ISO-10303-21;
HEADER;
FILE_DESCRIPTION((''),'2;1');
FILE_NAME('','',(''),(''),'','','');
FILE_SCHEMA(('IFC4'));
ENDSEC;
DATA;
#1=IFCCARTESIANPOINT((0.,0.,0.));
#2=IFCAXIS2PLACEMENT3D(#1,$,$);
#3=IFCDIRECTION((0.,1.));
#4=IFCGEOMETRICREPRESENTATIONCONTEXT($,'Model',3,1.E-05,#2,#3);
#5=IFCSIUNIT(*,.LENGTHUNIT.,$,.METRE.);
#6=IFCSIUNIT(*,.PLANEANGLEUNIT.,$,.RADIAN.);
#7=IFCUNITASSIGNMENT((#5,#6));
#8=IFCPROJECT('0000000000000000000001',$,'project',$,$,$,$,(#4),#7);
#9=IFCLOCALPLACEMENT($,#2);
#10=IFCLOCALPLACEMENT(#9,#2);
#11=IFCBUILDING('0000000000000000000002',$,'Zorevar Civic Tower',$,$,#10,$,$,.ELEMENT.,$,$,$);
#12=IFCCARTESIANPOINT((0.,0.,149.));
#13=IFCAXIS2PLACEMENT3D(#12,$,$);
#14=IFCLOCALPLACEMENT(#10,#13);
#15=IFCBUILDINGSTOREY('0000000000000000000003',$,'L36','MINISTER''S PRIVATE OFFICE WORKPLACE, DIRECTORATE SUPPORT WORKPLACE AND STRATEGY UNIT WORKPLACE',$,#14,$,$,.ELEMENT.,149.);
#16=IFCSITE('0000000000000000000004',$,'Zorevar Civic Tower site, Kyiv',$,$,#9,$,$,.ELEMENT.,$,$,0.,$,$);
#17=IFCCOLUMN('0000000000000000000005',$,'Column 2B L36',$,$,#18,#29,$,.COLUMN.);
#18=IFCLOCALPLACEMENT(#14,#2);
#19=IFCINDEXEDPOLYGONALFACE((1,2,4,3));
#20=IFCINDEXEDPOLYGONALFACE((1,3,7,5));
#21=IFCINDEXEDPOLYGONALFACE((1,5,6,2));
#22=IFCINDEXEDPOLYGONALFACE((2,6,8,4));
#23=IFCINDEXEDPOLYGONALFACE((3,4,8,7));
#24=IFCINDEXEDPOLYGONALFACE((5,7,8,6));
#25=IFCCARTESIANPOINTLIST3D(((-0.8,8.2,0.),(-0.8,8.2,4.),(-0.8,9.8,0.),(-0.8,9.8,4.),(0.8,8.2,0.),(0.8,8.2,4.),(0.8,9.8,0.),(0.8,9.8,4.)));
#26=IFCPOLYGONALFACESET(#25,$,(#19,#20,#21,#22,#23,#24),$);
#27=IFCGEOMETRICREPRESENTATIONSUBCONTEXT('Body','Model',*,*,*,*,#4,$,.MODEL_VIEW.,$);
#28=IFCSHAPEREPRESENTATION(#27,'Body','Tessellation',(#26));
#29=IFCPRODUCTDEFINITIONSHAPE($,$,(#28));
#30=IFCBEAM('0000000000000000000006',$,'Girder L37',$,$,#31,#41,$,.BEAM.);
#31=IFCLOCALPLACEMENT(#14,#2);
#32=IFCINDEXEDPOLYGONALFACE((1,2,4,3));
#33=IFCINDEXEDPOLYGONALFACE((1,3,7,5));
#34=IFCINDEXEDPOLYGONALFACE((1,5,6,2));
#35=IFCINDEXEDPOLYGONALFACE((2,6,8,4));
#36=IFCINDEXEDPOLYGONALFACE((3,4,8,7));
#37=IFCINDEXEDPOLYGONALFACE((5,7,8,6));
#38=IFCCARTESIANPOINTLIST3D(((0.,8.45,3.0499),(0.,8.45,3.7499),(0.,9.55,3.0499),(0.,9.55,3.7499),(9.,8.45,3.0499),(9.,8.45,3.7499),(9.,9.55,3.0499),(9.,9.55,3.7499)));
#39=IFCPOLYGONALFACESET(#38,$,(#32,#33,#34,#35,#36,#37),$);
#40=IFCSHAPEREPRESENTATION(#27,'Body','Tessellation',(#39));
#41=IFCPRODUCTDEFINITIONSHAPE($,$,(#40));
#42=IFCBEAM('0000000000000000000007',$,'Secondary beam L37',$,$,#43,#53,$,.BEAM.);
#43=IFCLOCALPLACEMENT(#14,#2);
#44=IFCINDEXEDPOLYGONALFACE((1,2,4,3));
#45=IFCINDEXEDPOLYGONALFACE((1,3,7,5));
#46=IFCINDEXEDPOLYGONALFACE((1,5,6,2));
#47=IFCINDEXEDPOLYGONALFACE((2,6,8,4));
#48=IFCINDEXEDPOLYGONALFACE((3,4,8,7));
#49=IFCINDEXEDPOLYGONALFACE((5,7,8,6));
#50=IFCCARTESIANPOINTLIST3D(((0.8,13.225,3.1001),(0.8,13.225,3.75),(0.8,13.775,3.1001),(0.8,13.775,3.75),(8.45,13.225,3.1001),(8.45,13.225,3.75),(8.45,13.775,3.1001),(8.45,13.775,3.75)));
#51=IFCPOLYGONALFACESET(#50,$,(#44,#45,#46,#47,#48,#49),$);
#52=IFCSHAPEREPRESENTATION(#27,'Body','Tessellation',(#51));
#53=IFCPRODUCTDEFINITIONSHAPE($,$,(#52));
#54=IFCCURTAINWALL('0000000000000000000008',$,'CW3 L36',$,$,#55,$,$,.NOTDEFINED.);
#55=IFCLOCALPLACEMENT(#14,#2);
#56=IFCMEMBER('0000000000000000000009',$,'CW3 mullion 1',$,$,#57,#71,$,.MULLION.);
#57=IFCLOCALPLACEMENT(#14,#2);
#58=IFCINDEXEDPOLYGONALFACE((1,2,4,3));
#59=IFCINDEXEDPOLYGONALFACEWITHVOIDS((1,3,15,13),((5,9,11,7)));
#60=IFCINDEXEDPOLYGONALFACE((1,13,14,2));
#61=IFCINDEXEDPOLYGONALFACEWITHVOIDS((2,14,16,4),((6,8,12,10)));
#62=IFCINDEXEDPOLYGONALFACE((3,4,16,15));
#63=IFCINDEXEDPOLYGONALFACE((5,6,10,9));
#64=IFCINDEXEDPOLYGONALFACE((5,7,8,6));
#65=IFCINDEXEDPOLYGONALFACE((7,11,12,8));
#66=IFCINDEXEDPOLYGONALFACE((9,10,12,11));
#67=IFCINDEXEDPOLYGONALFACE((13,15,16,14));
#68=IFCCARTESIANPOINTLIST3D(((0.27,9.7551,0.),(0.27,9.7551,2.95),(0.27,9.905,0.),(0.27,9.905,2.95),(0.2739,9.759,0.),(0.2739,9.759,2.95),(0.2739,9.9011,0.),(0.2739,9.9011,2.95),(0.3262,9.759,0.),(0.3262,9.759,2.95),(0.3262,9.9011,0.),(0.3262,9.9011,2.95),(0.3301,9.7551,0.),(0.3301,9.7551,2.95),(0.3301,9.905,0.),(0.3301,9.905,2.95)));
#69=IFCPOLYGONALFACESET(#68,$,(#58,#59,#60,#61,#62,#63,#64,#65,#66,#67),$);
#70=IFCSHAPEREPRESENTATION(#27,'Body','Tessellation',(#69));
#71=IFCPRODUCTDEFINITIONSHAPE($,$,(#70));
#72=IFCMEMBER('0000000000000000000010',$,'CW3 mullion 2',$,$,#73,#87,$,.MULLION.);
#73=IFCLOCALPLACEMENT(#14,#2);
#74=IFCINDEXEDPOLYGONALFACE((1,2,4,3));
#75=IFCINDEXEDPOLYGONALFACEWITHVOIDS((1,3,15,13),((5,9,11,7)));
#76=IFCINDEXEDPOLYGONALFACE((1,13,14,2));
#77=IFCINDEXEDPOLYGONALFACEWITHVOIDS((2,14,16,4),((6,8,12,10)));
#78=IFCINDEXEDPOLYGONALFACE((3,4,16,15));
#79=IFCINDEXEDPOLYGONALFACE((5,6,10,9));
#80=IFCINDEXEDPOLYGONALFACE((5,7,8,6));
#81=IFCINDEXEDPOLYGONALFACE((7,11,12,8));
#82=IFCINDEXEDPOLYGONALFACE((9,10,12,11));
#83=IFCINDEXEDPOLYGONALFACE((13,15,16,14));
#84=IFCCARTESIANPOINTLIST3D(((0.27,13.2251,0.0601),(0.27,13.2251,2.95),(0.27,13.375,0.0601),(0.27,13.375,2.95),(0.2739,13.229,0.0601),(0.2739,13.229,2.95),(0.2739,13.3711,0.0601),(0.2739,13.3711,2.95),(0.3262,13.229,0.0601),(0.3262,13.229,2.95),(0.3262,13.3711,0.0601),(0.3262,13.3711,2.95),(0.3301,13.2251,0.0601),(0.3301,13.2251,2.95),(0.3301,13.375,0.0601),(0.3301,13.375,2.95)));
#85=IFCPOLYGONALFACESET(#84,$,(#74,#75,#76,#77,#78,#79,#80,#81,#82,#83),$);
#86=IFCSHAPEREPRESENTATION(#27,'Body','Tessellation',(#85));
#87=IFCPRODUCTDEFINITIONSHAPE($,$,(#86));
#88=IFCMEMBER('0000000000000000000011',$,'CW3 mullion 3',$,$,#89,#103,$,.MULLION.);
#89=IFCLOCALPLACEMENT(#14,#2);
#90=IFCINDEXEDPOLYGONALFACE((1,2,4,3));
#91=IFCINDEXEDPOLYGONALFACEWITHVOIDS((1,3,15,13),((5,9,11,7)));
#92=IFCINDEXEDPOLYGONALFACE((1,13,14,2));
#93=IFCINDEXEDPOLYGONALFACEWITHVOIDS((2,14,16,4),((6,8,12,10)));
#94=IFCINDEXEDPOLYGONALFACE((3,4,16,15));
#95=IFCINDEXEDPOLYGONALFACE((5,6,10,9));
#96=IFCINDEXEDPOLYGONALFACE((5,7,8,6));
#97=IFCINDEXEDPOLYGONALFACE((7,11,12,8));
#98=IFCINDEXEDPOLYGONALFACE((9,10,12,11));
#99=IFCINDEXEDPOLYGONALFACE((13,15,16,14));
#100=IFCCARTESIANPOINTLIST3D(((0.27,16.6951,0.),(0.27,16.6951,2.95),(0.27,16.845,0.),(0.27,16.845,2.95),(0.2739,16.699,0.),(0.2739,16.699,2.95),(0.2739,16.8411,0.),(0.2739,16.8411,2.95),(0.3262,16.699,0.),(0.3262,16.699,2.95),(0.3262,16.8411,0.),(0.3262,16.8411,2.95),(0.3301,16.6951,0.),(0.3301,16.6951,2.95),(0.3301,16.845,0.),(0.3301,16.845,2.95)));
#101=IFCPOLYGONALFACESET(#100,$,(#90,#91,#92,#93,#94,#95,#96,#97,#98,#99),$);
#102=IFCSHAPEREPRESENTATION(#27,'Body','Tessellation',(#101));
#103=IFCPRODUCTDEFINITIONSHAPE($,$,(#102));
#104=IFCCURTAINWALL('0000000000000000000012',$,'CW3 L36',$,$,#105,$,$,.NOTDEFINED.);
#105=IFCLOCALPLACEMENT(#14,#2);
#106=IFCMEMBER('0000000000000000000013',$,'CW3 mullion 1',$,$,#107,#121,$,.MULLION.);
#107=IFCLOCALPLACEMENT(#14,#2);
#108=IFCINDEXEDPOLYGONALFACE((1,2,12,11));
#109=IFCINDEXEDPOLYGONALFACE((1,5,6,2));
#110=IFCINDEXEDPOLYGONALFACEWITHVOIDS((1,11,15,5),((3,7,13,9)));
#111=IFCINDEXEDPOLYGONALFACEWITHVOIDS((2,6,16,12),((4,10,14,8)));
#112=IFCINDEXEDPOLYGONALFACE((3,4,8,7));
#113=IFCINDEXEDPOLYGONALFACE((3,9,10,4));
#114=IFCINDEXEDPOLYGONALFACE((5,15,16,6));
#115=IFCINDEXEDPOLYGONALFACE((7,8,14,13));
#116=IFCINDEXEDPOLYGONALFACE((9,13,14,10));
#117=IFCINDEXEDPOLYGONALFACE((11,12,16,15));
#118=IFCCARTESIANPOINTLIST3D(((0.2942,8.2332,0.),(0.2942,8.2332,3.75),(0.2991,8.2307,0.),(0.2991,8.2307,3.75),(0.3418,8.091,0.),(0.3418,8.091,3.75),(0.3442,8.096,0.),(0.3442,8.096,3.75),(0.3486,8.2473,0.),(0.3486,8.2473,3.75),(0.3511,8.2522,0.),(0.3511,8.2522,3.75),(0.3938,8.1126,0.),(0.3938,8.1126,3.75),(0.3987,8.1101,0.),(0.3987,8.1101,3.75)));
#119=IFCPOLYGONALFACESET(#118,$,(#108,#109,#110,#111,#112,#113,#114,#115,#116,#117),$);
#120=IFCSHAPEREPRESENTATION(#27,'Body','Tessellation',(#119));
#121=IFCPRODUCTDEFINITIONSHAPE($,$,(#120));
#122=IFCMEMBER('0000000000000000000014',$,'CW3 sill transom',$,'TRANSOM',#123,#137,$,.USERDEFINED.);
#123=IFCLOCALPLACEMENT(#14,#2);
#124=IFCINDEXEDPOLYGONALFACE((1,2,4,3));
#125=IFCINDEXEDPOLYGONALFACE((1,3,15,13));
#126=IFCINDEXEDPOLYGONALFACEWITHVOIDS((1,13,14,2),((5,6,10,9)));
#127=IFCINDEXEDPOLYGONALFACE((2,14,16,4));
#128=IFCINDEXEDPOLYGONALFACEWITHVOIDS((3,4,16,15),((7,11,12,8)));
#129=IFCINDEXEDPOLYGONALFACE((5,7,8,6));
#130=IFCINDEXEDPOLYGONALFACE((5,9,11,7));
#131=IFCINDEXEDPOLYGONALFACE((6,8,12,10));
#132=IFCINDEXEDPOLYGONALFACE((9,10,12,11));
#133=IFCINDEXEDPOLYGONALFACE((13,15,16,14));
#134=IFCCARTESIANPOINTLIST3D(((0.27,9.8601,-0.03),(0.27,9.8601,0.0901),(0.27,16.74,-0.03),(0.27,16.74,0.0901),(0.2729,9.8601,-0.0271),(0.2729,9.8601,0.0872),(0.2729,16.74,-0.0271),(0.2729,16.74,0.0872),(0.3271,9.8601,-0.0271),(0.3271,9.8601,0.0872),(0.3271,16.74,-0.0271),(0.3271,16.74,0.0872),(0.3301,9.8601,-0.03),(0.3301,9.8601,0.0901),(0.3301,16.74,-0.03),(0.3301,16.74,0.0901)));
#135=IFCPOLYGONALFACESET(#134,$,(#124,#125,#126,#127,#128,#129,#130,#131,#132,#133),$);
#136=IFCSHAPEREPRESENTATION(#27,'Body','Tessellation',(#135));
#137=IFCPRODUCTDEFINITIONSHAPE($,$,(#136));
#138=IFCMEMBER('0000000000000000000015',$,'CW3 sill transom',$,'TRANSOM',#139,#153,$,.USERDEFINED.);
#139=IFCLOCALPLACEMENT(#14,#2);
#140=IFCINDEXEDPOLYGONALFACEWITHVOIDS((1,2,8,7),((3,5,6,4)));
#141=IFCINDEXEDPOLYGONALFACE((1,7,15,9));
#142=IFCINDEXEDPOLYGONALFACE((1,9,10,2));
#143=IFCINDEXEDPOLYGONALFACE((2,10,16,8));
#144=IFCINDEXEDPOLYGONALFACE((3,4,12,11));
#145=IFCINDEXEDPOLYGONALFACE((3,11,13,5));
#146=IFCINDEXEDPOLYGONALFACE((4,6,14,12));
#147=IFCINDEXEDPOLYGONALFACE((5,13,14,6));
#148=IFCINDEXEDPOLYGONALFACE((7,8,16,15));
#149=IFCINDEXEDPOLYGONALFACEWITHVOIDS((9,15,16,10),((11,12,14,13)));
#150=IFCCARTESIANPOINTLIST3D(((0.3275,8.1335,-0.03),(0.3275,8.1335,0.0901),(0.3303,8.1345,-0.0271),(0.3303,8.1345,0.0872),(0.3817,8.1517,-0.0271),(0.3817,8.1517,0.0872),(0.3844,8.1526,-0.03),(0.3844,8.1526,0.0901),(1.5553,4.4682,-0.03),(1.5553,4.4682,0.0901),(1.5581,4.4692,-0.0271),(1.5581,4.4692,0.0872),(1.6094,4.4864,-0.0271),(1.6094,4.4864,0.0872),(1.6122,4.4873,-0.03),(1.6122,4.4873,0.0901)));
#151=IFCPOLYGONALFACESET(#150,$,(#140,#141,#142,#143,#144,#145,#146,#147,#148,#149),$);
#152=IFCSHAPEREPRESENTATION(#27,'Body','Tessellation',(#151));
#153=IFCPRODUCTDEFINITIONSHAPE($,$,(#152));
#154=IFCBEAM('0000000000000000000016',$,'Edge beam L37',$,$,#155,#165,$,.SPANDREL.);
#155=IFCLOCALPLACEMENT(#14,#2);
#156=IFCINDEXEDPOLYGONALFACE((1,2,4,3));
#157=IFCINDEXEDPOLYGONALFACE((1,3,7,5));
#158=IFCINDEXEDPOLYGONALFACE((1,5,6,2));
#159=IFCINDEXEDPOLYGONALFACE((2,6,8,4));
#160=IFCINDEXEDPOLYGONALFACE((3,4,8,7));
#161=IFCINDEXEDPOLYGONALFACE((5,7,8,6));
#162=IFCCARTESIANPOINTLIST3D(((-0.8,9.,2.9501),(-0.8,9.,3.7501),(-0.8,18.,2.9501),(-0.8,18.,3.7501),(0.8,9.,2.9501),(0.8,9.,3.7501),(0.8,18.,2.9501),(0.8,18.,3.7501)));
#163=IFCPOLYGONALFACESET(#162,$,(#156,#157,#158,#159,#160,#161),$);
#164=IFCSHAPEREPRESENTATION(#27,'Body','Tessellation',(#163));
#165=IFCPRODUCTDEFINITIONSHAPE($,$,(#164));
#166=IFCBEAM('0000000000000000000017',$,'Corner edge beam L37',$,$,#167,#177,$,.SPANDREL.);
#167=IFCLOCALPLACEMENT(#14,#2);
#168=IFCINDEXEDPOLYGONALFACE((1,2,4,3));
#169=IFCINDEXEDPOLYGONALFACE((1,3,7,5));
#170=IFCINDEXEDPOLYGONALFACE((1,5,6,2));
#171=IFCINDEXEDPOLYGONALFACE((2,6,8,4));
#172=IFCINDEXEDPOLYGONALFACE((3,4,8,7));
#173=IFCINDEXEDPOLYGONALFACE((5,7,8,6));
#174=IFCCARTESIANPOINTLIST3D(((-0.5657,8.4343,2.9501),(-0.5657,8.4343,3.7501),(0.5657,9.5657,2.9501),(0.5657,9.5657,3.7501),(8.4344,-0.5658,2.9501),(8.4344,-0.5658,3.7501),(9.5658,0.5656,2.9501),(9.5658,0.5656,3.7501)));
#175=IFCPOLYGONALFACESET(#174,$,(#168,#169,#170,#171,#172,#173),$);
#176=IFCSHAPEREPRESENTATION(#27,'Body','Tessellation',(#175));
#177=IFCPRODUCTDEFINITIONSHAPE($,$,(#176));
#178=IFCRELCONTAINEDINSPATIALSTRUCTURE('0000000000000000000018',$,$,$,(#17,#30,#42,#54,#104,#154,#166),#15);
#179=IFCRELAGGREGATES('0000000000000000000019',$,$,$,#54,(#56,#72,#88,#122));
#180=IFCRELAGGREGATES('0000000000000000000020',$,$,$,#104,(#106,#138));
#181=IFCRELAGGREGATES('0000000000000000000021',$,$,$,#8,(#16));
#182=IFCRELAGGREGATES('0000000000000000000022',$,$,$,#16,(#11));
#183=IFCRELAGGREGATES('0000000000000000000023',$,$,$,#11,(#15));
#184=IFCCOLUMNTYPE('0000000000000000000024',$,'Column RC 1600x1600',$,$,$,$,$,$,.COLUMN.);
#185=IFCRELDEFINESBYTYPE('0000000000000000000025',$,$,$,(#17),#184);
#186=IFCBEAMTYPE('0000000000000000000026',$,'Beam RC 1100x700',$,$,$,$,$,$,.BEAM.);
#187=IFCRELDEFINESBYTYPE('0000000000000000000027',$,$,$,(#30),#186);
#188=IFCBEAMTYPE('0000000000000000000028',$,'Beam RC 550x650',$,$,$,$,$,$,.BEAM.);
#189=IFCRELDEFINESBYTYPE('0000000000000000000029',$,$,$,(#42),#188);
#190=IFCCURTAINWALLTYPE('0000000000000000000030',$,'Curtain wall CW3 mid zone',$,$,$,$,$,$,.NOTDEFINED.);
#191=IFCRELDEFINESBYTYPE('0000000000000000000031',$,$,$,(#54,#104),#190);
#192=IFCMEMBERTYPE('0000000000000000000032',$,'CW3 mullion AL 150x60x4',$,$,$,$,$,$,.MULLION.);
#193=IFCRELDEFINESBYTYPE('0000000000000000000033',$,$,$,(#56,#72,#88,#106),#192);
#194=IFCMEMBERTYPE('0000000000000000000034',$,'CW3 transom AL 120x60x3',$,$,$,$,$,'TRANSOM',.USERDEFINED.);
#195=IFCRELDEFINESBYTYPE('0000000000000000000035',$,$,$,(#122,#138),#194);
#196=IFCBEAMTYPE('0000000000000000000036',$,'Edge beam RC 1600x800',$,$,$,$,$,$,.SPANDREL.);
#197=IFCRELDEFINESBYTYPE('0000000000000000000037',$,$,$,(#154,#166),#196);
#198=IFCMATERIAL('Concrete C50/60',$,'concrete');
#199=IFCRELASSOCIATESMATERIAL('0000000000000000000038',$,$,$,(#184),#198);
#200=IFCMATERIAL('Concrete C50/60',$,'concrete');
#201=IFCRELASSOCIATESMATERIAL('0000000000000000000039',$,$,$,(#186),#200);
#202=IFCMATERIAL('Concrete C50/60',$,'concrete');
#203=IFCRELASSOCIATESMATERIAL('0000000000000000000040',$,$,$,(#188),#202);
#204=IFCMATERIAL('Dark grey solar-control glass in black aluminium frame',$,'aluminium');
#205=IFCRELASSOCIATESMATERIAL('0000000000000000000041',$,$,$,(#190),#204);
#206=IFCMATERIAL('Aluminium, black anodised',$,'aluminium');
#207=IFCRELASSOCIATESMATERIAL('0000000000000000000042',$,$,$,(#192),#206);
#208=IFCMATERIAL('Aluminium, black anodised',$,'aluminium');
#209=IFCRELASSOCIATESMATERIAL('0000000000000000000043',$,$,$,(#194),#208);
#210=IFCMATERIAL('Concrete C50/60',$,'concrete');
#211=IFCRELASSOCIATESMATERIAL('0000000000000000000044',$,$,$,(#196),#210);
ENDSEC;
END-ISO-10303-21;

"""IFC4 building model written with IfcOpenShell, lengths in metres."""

from ifc_helpers import new_model, si_unit, direction, frame, origin, origin_2d, place, context, subcontext, project, spatial, rectangle, hollow_rectangle, extrude, material, material_profile, profile_set, type_object, element, aggregate, save


model = new_model("IFC4")

# Units and contexts
model_context = context("Model", 3, precision=1e-05, world=origin(), true_north=direction((0.0, 1.0)))
body_context = subcontext(model_context, "Body", "Model", "MODEL_VIEW")
ifc_project = project(units=[si_unit("LENGTHUNIT", "METRE"), si_unit("PLANEANGLEUNIT", "RADIAN")], contexts=[model_context])

# Site, building, storey
site_placement = place(None, origin())
site = spatial("IfcSite", under=ifc_project, at=site_placement, Name="Zorevar Civic Tower site, Kyiv", CompositionType="ELEMENT", RefElevation=0.0)
building_placement = place(site_placement, origin())
building = spatial("IfcBuilding", under=site, at=building_placement, Name="Zorevar Civic Tower", CompositionType="ELEMENT")
storey_placement = place(building_placement, frame((0.0, 0.0, 149.0)))
storey = spatial("IfcBuildingStorey", under=building, at=storey_placement, Name="L36", Description="MINISTER'S PRIVATE OFFICE WORKPLACE, DIRECTORATE SUPPORT WORKPLACE AND STRATEGY UNIT WORKPLACE", CompositionType="ELEMENT", Elevation=149.0)

# Column
ifc_material_1 = material(Name="Concrete C50/60", Category="concrete")
ifc_material_profile_1 = material_profile(ifc_material_1, rectangle(XDim=1.6001, YDim=1.6001, at=origin_2d()), Name="RC 1600x1600")
ifc_profile_set_1 = profile_set([ifc_material_profile_1], Name="Concrete C50/60")
column_type = type_object("IfcColumnType", Name="Column RC 1600x1600", PredefinedType="COLUMN", material=ifc_profile_set_1)
column_placement = place(storey_placement, frame((0.0, 9.0, 0.0), z_axis=(0.0, 0.0, 1.0), x_axis=(1.0, 0.0, 0.0)))
element("IfcColumn", 1, at=column_placement, inside=storey, type_object=column_type, Name="Column 2B L36", PredefinedType="COLUMN", context=body_context, shape_type="SweptSolid", body=[
    extrude(rectangle(XDim=1.6001, YDim=1.6001, at=origin_2d()), origin(), (0.0, 0.0, 1.0), 4.0),
])

# Beams
ifc_material_2 = material(Name="Concrete C50/60", Category="concrete")
ifc_material_profile_2 = material_profile(ifc_material_2, rectangle(XDim=1.1001, YDim=0.7, at=origin_2d()), Name="RC 1100x700")
ifc_profile_set_2 = profile_set([ifc_material_profile_2], Name="Concrete C50/60")
beam_type_1 = type_object("IfcBeamType", Name="Beam RC 1100x700", PredefinedType="BEAM", material=ifc_profile_set_2)
beam_1_placement = place(storey_placement, frame((0.0, 9.0, 3.3999), z_axis=(1.0, 0.0, 0.0), x_axis=(0.0, 1.0, 0.0)))
element("IfcBeam", 2, at=beam_1_placement, inside=storey, type_object=beam_type_1, Name="Girder L37", PredefinedType="BEAM", context=body_context, shape_type="SweptSolid", body=[
    extrude(rectangle(XDim=1.1001, YDim=0.7, at=origin_2d()), origin(), (0.0, 0.0, 1.0), 9.0),
])
ifc_material_3 = material(Name="Concrete C50/60", Category="concrete")
ifc_material_profile_3 = material_profile(ifc_material_3, rectangle(XDim=0.55, YDim=0.6499, at=origin_2d()), Name="RC 550x650")
ifc_profile_set_3 = profile_set([ifc_material_profile_3], Name="Concrete C50/60")
beam_type_2 = type_object("IfcBeamType", Name="Beam RC 550x650", PredefinedType="BEAM", material=ifc_profile_set_3)
beam_2_placement = place(storey_placement, frame((0.8, 13.5, 3.425), z_axis=(1.0, 0.0, 0.0), x_axis=(0.0, 1.0, 0.0)))
element("IfcBeam", 3, at=beam_2_placement, inside=storey, type_object=beam_type_2, Name="Secondary beam L37", PredefinedType="BEAM", context=body_context, shape_type="SweptSolid", body=[
    extrude(rectangle(XDim=0.55, YDim=0.6499, at=origin_2d()), origin(), (0.0, 0.0, 1.0), 7.6499),
])

# Curtain wall, members
ifc_material_4 = material(Name="Dark grey solar-control glass in black aluminium frame", Category="aluminium")
curtain_wall_type = type_object("IfcCurtainWallType", Name="Curtain wall CW3 mid zone", PredefinedType="NOTDEFINED", material=ifc_material_4)
curtain_wall_1_placement = place(storey_placement, origin())
curtain_wall_1 = element("IfcCurtainWall", 4, at=curtain_wall_1_placement, inside=storey, type_object=curtain_wall_type, Name="CW3 L36", PredefinedType="NOTDEFINED")
ifc_material_5 = material(Name="Aluminium, black anodised", Category="aluminium")
ifc_material_profile_4 = material_profile(ifc_material_5, hollow_rectangle(XDim=0.0601, YDim=0.1499, WallThickness=0.0039, at=origin_2d()), Name="AL 150x60x4")
ifc_profile_set_4 = profile_set([ifc_material_profile_4], Name="Aluminium, black anodised")
member_type_1 = type_object("IfcMemberType", Name="CW3 mullion AL 150x60x4", PredefinedType="MULLION", material=ifc_profile_set_4)
member_1_placement = place(storey_placement, frame((0.3, 9.8301, 0.0), z_axis=(0.0, 0.0, 1.0), x_axis=(-1.0, 0.0, 0.0)))
member_1 = element("IfcMember", 5, at=member_1_placement, type_object=member_type_1, Name="CW3 mullion 1", PredefinedType="MULLION", context=body_context, shape_type="SweptSolid", body=[
    extrude(hollow_rectangle(XDim=0.0601, YDim=0.1499, WallThickness=0.0039, at=origin_2d()), origin(), (0.0, 0.0, 1.0), 2.95),
])
member_2_placement = place(storey_placement, frame((0.3, 13.3, 0.0601), z_axis=(0.0, 0.0, 1.0), x_axis=(-1.0, 0.0, 0.0)))
member_2 = element("IfcMember", 6, at=member_2_placement, type_object=member_type_1, Name="CW3 mullion 2", PredefinedType="MULLION", context=body_context, shape_type="SweptSolid", body=[
    extrude(hollow_rectangle(XDim=0.0601, YDim=0.1499, WallThickness=0.0039, at=origin_2d()), origin(), (0.0, 0.0, 1.0), 2.8899),
])
member_3_placement = place(storey_placement, frame((0.3, 16.77, 0.0), z_axis=(0.0, 0.0, 1.0), x_axis=(-1.0, 0.0, 0.0)))
member_3 = element("IfcMember", 7, at=member_3_placement, type_object=member_type_1, Name="CW3 mullion 3", PredefinedType="MULLION", context=body_context, shape_type="SweptSolid", body=[
    extrude(hollow_rectangle(XDim=0.0601, YDim=0.1499, WallThickness=0.0039, at=origin_2d()), origin(), (0.0, 0.0, 1.0), 2.95),
])

# Curtain wall, member
curtain_wall_2_placement = place(storey_placement, origin())
curtain_wall_2 = element("IfcCurtainWall", 8, at=curtain_wall_2_placement, inside=storey, type_object=curtain_wall_type, Name="CW3 L36", PredefinedType="NOTDEFINED")
member_4_placement = place(storey_placement, frame((0.3464, 8.1716, 0.0), z_axis=(0.0, 0.0, 1.0), x_axis=(0.948227, 0.317593, 0.0)))
member_4 = element("IfcMember", 9, at=member_4_placement, type_object=member_type_1, Name="CW3 mullion 1", PredefinedType="MULLION", context=body_context, shape_type="SweptSolid", body=[
    extrude(hollow_rectangle(XDim=0.0601, YDim=0.1499, WallThickness=0.0039, at=origin_2d()), origin(), (0.0, 0.0, 1.0), 3.75),
])

# Members
ifc_material_6 = material(Name="Aluminium, black anodised", Category="aluminium")
ifc_material_profile_5 = material_profile(ifc_material_6, hollow_rectangle(XDim=0.0601, YDim=0.1201, WallThickness=0.0029, at=origin_2d()), Name="AL 120x60x3")
ifc_profile_set_5 = profile_set([ifc_material_profile_5], Name="Aluminium, black anodised")
member_type_2 = type_object("IfcMemberType", Name="CW3 transom AL 120x60x3", ElementType="TRANSOM", PredefinedType="USERDEFINED", material=ifc_profile_set_5)
member_5_placement = place(storey_placement, frame((0.3, 9.8601, 0.03), z_axis=(0.0, 1.0, 0.0), x_axis=(-1.0, 0.0, 0.0)))
member_5 = element("IfcMember", 10, at=member_5_placement, type_object=member_type_2, Name="CW3 sill transom", ObjectType="TRANSOM", PredefinedType="USERDEFINED", context=body_context, shape_type="SweptSolid", body=[
    extrude(hollow_rectangle(XDim=0.0601, YDim=0.1201, WallThickness=0.0029, at=origin_2d()), origin(), (0.0, 0.0, 1.0), 6.8799),
])
member_6_placement = place(storey_placement, frame((0.356, 8.1431, 0.03), z_axis=(0.31763, -0.948215, 0.0), x_axis=(0.948215, 0.31763, 0.0)))
member_6 = element("IfcMember", 11, at=member_6_placement, type_object=member_type_2, Name="CW3 sill transom", ObjectType="TRANSOM", PredefinedType="USERDEFINED", context=body_context, shape_type="SweptSolid", body=[
    extrude(hollow_rectangle(XDim=0.0601, YDim=0.1201, WallThickness=0.0029, at=origin_2d()), origin(), (0.0, 0.0, 1.0), 3.8655),
])

# Beams
ifc_material_7 = material(Name="Concrete C50/60", Category="concrete")
ifc_material_profile_6 = material_profile(ifc_material_7, rectangle(XDim=1.6001, YDim=0.8, at=origin_2d()), Name="RC 1600x800")
ifc_profile_set_6 = profile_set([ifc_material_profile_6], Name="Concrete C50/60")
beam_type_3 = type_object("IfcBeamType", Name="Edge beam RC 1600x800", PredefinedType="SPANDREL", material=ifc_profile_set_6)
beam_3_placement = place(storey_placement, frame((0.0, 9.0, 3.3501), z_axis=(0.0, 1.0, 0.0), x_axis=(-1.0, 0.0, 0.0)))
element("IfcBeam", 12, at=beam_3_placement, inside=storey, type_object=beam_type_3, Name="Edge beam L37", PredefinedType="SPANDREL", context=body_context, shape_type="SweptSolid", body=[
    extrude(rectangle(XDim=1.6001, YDim=0.8, at=origin_2d()), origin(), (0.0, 0.0, 1.0), 9.0),
])
beam_4_placement = place(storey_placement, frame((0.0, 9.0, 3.3501), z_axis=(0.707107, -0.707107, 0.0), x_axis=(0.707107, 0.707107, 0.0)))
element("IfcBeam", 13, at=beam_4_placement, inside=storey, type_object=beam_type_3, Name="Corner edge beam L37", PredefinedType="SPANDREL", context=body_context, shape_type="SweptSolid", body=[
    extrude(rectangle(XDim=1.6001, YDim=0.8, at=origin_2d()), origin(), (0.0, 0.0, 1.0), 12.728),
])

aggregate(curtain_wall_1, [member_1, member_2, member_3, member_5])
aggregate(curtain_wall_2, [member_4, member_6])

save(model, "model.ifc")
